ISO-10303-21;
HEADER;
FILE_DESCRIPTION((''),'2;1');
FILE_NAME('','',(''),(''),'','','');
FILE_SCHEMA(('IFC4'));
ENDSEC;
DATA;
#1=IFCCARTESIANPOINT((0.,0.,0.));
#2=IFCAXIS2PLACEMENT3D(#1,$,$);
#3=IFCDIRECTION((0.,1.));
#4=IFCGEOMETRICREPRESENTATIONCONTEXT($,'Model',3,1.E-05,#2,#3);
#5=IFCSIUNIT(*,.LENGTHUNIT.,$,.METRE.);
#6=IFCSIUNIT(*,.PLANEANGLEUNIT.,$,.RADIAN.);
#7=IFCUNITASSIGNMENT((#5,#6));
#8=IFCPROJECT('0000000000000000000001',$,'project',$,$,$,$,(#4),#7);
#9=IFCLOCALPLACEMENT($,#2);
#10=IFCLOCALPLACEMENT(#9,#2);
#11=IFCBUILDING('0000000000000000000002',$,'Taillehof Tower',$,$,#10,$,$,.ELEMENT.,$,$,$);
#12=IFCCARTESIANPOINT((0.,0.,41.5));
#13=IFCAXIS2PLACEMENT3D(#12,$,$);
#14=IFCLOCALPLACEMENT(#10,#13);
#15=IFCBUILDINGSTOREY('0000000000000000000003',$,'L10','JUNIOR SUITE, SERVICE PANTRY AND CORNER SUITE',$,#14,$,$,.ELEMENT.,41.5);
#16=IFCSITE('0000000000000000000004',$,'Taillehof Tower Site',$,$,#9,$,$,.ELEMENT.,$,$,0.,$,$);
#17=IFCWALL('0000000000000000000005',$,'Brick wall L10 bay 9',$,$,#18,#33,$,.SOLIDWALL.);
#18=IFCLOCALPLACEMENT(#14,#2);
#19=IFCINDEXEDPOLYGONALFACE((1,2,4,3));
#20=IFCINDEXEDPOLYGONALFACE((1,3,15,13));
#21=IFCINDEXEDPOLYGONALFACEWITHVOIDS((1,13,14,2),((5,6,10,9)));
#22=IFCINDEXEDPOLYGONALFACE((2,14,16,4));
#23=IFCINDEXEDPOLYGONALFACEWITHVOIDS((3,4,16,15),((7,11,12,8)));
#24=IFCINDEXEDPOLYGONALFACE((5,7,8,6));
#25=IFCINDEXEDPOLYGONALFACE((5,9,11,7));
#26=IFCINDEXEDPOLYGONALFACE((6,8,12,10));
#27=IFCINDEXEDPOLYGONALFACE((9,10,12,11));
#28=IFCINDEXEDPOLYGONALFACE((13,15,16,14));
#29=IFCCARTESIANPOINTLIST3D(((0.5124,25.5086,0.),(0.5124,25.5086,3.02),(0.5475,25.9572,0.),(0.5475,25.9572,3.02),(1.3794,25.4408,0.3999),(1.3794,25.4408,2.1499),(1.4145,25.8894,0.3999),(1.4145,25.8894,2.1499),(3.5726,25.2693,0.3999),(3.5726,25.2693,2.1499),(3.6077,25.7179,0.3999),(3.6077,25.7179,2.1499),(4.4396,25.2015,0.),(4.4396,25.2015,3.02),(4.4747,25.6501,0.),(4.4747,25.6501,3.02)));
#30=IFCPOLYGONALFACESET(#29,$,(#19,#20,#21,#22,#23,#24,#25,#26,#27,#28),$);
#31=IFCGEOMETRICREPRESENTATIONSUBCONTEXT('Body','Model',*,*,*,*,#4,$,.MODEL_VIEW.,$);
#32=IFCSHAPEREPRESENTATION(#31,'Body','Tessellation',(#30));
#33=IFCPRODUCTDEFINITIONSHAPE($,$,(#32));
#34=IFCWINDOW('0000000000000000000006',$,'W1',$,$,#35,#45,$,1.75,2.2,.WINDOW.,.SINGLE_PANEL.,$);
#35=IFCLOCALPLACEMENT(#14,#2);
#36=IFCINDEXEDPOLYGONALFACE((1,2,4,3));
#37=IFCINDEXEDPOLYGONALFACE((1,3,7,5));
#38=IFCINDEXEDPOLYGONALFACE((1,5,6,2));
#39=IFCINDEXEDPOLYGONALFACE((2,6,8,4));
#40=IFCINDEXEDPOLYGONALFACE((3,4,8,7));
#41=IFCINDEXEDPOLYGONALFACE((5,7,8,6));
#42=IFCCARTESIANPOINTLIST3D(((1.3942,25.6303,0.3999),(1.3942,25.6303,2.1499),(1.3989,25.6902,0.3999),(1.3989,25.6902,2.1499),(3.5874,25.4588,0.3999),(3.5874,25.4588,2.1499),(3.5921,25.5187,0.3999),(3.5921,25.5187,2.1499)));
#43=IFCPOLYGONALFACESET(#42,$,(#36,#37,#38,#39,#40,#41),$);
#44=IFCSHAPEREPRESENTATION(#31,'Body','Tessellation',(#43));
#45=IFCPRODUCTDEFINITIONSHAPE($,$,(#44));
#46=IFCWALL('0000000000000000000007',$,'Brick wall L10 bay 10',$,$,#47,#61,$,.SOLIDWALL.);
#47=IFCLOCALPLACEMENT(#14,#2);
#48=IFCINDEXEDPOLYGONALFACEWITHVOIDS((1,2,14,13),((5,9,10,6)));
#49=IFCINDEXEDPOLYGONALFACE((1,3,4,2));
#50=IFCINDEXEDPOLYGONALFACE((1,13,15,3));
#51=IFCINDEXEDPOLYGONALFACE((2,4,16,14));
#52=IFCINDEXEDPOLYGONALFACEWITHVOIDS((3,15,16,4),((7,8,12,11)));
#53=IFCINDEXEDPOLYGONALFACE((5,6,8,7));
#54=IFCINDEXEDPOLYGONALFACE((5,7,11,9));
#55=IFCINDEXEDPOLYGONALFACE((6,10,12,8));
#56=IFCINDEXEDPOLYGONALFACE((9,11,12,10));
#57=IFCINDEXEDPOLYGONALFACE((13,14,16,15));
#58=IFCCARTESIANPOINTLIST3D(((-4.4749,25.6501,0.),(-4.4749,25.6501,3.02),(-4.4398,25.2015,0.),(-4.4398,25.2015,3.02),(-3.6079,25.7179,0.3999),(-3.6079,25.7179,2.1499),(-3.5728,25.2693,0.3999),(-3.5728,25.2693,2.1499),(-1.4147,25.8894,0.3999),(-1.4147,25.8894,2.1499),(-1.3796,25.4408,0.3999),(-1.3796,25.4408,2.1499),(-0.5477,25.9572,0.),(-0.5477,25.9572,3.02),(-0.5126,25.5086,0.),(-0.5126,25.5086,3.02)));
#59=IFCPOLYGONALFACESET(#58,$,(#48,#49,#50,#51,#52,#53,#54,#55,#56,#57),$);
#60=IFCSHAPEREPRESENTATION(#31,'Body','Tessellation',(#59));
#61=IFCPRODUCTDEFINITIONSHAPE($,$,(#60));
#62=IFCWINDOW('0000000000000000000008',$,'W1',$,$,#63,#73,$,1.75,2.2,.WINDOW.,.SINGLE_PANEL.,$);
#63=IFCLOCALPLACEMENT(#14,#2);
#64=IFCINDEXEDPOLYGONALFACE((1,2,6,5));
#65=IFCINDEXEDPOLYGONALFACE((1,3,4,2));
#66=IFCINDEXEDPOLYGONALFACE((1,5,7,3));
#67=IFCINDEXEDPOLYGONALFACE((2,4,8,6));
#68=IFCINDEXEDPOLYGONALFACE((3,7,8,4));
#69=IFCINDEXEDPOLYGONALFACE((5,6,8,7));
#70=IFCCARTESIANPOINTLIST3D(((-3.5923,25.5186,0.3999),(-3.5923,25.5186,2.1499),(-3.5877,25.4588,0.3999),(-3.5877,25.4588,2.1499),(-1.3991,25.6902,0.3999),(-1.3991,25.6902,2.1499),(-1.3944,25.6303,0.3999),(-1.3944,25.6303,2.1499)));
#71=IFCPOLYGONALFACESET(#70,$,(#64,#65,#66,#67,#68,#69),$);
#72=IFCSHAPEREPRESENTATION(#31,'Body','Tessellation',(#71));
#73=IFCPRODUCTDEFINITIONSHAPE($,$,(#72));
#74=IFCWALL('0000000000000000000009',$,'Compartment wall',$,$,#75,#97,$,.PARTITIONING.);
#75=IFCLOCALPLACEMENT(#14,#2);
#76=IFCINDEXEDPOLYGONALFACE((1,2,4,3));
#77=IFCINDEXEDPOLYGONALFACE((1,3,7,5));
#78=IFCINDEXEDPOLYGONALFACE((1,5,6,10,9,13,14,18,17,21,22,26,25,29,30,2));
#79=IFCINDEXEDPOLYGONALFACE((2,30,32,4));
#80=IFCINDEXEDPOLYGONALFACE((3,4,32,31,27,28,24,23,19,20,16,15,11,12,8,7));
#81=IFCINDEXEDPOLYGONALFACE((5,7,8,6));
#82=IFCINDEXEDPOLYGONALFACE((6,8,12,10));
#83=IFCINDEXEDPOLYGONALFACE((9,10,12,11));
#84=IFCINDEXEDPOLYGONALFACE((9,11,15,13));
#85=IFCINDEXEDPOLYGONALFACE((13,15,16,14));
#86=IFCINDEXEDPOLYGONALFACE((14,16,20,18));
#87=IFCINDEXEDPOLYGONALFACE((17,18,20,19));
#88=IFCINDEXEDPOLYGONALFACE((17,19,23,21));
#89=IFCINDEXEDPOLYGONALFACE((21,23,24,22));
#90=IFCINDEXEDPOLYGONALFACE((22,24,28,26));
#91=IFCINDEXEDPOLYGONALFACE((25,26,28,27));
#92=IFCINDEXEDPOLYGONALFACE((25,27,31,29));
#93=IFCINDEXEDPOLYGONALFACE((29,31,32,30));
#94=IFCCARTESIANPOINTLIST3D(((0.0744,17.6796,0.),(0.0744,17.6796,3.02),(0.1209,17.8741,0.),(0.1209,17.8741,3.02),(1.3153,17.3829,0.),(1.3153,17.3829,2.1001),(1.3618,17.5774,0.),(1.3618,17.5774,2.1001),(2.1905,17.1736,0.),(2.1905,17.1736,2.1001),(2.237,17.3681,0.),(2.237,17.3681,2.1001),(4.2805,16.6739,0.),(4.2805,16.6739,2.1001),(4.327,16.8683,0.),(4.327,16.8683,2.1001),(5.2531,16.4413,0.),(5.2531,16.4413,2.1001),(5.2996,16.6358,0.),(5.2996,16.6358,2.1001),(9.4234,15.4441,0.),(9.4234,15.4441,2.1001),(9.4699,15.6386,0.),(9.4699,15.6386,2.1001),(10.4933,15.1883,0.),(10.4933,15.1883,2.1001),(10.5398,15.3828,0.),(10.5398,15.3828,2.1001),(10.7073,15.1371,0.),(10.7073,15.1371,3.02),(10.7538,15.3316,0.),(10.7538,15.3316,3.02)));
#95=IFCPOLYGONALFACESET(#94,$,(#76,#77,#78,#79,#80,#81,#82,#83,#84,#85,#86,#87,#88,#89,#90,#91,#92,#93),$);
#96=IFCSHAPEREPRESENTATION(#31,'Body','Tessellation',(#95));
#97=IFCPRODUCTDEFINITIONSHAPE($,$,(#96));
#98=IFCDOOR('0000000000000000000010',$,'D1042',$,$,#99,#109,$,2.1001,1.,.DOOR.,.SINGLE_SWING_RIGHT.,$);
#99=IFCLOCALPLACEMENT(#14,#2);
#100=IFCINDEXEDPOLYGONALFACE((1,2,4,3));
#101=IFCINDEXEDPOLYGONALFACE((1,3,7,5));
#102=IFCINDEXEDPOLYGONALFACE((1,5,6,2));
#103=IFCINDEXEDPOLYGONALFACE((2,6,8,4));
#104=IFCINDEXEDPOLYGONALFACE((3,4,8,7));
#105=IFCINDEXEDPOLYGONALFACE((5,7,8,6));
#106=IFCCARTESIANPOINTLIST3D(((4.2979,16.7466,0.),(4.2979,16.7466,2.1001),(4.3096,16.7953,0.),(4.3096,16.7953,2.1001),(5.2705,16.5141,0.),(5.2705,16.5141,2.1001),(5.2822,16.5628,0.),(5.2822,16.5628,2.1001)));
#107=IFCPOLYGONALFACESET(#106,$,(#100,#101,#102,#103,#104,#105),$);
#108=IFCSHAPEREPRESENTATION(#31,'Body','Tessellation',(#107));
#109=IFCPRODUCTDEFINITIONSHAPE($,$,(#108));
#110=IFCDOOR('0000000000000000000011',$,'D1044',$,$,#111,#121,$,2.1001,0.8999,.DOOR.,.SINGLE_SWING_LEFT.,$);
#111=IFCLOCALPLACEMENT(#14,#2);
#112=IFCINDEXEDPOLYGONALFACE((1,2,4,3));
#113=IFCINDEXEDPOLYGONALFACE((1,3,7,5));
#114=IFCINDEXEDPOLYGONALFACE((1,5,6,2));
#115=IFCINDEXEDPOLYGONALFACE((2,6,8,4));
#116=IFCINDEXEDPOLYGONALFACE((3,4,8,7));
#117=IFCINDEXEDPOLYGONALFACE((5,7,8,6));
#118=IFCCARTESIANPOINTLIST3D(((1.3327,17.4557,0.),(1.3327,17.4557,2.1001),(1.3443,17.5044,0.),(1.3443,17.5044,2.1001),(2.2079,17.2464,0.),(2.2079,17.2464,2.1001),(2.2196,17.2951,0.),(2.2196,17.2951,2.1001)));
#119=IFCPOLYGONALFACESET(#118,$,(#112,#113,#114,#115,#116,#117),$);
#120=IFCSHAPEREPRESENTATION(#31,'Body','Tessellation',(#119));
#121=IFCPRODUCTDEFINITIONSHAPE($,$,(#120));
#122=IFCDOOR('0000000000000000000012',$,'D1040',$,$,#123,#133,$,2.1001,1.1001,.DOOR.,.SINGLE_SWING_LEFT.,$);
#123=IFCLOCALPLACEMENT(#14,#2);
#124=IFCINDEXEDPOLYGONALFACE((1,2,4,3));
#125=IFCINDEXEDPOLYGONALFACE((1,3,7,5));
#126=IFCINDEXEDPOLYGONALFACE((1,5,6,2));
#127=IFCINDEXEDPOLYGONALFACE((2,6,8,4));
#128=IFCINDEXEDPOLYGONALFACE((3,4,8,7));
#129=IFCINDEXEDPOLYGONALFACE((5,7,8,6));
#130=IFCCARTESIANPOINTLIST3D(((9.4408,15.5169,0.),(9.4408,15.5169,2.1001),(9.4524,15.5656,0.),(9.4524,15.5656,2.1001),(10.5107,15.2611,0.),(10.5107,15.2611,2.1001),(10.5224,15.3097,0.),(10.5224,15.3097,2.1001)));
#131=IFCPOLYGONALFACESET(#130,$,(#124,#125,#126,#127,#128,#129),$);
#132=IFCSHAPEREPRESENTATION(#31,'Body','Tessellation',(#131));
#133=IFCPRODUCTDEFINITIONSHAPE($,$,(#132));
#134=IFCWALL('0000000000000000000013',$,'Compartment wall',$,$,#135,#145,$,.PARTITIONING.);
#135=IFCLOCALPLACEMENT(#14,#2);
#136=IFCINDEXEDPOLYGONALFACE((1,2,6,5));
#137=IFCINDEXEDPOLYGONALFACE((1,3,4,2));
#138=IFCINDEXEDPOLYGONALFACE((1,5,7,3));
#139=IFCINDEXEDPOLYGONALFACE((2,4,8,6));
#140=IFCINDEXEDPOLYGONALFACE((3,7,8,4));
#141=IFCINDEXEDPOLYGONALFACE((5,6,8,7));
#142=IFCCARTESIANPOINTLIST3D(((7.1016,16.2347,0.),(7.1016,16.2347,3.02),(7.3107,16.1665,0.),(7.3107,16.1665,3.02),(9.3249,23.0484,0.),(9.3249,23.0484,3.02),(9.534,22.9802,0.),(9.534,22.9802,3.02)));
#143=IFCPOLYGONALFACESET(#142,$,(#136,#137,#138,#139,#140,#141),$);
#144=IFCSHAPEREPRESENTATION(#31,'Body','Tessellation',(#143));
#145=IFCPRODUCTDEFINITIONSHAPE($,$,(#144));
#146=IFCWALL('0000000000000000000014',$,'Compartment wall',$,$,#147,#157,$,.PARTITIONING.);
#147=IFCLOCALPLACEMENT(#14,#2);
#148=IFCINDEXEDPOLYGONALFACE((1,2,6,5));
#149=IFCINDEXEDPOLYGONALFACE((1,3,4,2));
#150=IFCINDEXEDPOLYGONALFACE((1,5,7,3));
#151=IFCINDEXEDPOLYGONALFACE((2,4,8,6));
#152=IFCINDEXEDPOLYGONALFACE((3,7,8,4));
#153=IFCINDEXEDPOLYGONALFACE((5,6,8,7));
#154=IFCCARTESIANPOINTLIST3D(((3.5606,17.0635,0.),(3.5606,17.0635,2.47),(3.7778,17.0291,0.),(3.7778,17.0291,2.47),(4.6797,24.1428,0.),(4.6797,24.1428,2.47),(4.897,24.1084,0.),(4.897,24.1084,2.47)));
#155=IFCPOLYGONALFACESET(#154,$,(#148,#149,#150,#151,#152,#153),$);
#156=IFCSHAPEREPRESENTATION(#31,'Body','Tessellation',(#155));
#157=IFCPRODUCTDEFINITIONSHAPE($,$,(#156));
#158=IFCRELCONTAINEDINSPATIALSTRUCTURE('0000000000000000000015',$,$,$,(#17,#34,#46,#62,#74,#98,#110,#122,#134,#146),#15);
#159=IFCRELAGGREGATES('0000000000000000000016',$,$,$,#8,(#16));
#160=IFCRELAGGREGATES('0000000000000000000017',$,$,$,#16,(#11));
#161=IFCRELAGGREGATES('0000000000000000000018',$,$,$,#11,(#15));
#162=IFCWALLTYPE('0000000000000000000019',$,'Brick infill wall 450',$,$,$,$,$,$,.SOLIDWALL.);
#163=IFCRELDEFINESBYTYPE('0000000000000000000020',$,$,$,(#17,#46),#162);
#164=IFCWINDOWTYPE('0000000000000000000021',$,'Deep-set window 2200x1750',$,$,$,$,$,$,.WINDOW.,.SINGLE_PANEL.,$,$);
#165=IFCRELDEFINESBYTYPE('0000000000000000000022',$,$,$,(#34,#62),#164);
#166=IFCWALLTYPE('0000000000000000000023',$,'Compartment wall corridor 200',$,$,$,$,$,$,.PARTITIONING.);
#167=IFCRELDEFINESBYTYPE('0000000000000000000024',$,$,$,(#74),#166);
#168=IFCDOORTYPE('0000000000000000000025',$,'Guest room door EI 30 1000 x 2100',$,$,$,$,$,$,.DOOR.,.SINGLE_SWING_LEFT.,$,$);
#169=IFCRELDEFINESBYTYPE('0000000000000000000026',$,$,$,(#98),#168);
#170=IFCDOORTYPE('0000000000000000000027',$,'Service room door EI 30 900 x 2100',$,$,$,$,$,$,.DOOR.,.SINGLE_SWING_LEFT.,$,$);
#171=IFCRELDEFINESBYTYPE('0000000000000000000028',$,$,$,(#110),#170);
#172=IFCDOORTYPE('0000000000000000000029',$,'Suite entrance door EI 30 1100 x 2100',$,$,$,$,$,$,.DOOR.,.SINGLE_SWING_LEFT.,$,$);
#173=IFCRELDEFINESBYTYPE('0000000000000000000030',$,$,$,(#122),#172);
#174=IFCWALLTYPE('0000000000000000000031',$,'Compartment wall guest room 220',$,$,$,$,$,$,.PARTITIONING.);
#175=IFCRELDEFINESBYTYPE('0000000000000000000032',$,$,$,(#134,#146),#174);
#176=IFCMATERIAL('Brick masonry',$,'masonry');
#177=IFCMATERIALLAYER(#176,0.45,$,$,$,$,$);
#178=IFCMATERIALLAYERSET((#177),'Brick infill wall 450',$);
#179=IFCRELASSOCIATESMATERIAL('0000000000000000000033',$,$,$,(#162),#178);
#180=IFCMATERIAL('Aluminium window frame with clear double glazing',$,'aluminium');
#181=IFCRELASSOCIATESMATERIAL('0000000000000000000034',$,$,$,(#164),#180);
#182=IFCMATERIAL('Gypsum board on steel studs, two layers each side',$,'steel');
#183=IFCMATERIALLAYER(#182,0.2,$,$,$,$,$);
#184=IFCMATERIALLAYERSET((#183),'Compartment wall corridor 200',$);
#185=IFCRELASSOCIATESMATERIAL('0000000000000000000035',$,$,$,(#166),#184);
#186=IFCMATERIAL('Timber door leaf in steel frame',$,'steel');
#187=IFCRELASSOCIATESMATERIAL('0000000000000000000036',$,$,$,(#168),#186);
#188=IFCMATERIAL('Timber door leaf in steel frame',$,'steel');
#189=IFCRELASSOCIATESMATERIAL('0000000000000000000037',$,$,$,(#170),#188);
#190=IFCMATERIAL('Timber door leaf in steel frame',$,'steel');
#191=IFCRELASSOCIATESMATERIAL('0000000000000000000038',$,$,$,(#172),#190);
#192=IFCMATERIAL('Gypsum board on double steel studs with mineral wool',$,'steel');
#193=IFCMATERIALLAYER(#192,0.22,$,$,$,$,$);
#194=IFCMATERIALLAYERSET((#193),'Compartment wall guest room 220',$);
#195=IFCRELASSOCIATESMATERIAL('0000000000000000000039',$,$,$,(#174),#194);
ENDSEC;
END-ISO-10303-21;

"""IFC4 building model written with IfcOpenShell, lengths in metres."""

from ifc_helpers import new_model, si_unit, direction, frame, frame_2d, origin, place, context, subcontext, project, spatial, rectangle, extrude, material, layer, layer_set, type_object, element, fill, save


model = new_model("IFC4")

# Units and contexts
model_context = context("Model", 3, precision=1e-05, world=origin(), true_north=direction((0.0, 1.0)))
body_context = subcontext(model_context, "Body", "Model", "MODEL_VIEW")
ifc_project = project(units=[si_unit("LENGTHUNIT", "METRE"), si_unit("PLANEANGLEUNIT", "RADIAN")], contexts=[model_context])

# Site, building, storey
site_placement = place(None, origin())
site = spatial("IfcSite", under=ifc_project, at=site_placement, Name="Taillehof Tower Site", CompositionType="ELEMENT", RefElevation=0.0)
building_placement = place(site_placement, origin())
building = spatial("IfcBuilding", under=site, at=building_placement, Name="Taillehof Tower", CompositionType="ELEMENT")
storey_placement = place(building_placement, frame((0.0, 0.0, 41.5)))
storey = spatial("IfcBuildingStorey", under=building, at=storey_placement, Name="L10", Description="JUNIOR SUITE, SERVICE PANTRY AND CORNER SUITE", CompositionType="ELEMENT", Elevation=41.5)

# Walls, openings, windows
ifc_material_1 = material(Name="Brick masonry", Category="masonry")
ifc_layer_1 = layer(ifc_material_1, 0.45)
ifc_layer_set_1 = layer_set([ifc_layer_1], Name="Brick infill wall 450")
wall_type_1 = type_object("IfcWallType", Name="Brick infill wall 450", PredefinedType="SOLIDWALL", material=ifc_layer_set_1)
ifc_material_2 = material(Name="Aluminium window frame with clear double glazing", Category="aluminium")
window_type = type_object("IfcWindowType", Name="Deep-set window 2200x1750", PartitioningType="SINGLE_PANEL", PredefinedType="WINDOW", material=ifc_material_2)
wall_1_placement = place(storey_placement, frame((4.4573, 25.4258, 0.0), z_axis=(0.0, 0.0, 1.0), x_axis=(-0.996956, 0.077967, 0.0)))
wall_1 = element("IfcWall", 1, at=wall_1_placement, inside=storey, type_object=wall_type_1, Name="Brick wall L10 bay 9", PredefinedType="SOLIDWALL", context=body_context, shape_type="SweptSolid", body=[
    extrude(rectangle(XDim=3.9392, YDim=0.45, at=frame_2d((1.9697, 0.0))), origin(), (0.0, 0.0, 1.0), 3.02),
])
opening_1_placement = place(wall_1_placement, frame((0.8696, 0.0, 0.3999)))
opening_1 = element("IfcOpeningElement", 2, at=opening_1_placement, cuts=wall_1, PredefinedType="OPENING", context=body_context, shape_type="SweptSolid", body=[
    extrude(rectangle(XDim=2.2, YDim=1.75, at=frame_2d((1.1001, 0.875))), frame((0.0, 0.2349, 0.0), z_axis=(0.0, -1.0, 0.0), x_axis=(1.0, 0.0, 0.0)), (0.0, 0.0, 1.0), 0.47),
])
window_1_placement = place(opening_1_placement, origin())
window_1 = element("IfcWindow", 3, at=window_1_placement, inside=storey, type_object=window_type, Name="W1", OverallHeight=1.75, OverallWidth=2.2, PartitioningType="SINGLE_PANEL", PredefinedType="WINDOW", context=body_context, shape_type="SweptSolid", body=[
    extrude(rectangle(XDim=2.2, YDim=1.75, at=frame_2d((1.1001, 0.875))), frame((0.0, 0.0349, 0.0), z_axis=(0.0, -1.0, 0.0), x_axis=(1.0, 0.0, 0.0)), (0.0, 0.0, 1.0), 0.0601),
])
fill(opening_1, window_1)
wall_2_placement = place(storey_placement, frame((-0.53, 25.7329, 0.0), z_axis=(0.0, 0.0, 1.0), x_axis=(-0.996956, -0.077967, 0.0)))
wall_2 = element("IfcWall", 4, at=wall_2_placement, inside=storey, type_object=wall_type_1, Name="Brick wall L10 bay 10", PredefinedType="SOLIDWALL", context=body_context, shape_type="SweptSolid", body=[
    extrude(rectangle(XDim=3.9392, YDim=0.45, at=frame_2d((1.9697, 0.0))), origin(), (0.0, 0.0, 1.0), 3.02),
])
opening_2_placement = place(wall_2_placement, frame((0.8696, 0.0, 0.3999)))
opening_2 = element("IfcOpeningElement", 5, at=opening_2_placement, cuts=wall_2, PredefinedType="OPENING", context=body_context, shape_type="SweptSolid", body=[
    extrude(rectangle(XDim=2.2, YDim=1.75, at=frame_2d((1.1001, 0.875))), frame((0.0, 0.2349, 0.0), z_axis=(0.0, -1.0, 0.0), x_axis=(1.0, 0.0, 0.0)), (0.0, 0.0, 1.0), 0.47),
])
window_2_placement = place(opening_2_placement, origin())
window_2 = element("IfcWindow", 6, at=window_2_placement, inside=storey, type_object=window_type, Name="W1", OverallHeight=1.75, OverallWidth=2.2, PartitioningType="SINGLE_PANEL", PredefinedType="WINDOW", context=body_context, shape_type="SweptSolid", body=[
    extrude(rectangle(XDim=2.2, YDim=1.75, at=frame_2d((1.1001, 0.875))), frame((0.0, 0.0349, 0.0), z_axis=(0.0, -1.0, 0.0), x_axis=(1.0, 0.0, 0.0)), (0.0, 0.0, 1.0), 0.0601),
])
fill(opening_2, window_2)

# Wall, openings, doors
ifc_material_3 = material(Name="Gypsum board on steel studs, two layers each side", Category="steel")
ifc_layer_2 = layer(ifc_material_3, 0.2)
ifc_layer_set_2 = layer_set([ifc_layer_2], Name="Compartment wall corridor 200")
wall_type_2 = type_object("IfcWallType", Name="Compartment wall corridor 200", PredefinedType="PARTITIONING", material=ifc_layer_set_2)
wall_3_placement = place(storey_placement, frame((0.0977, 17.7769, 0.0), z_axis=(0.0, 0.0, 1.0), x_axis=(0.972582, -0.23256, 0.0)))
wall_3 = element("IfcWall", 7, at=wall_3_placement, inside=storey, type_object=wall_type_2, Name="Compartment wall", PredefinedType="PARTITIONING", context=body_context, shape_type="SweptSolid", body=[
    extrude(rectangle(XDim=10.9326, YDim=0.2, at=frame_2d((5.4663, 0.0))), origin(), (0.0, 0.0, 1.0), 3.02),
])
opening_3_placement = place(wall_3_placement, frame((9.6125, 0.0, 0.0)))
opening_3 = element("IfcOpeningElement", 8, at=opening_3_placement, cuts=wall_3, PredefinedType="OPENING", context=body_context, shape_type="SweptSolid", body=[
    extrude(rectangle(XDim=1.1001, YDim=2.1001, at=frame_2d((0.55, 1.05))), frame((0.0, 0.1099, 0.0), z_axis=(0.0, -1.0, 0.0), x_axis=(1.0, 0.0, 0.0)), (0.0, 0.0, 1.0), 0.22),
])
opening_4_placement = place(wall_3_placement, frame((4.3247, 0.0, 0.0)))
opening_4 = element("IfcOpeningElement", 9, at=opening_4_placement, cuts=wall_3, PredefinedType="OPENING", context=body_context, shape_type="SweptSolid", body=[
    extrude(rectangle(XDim=1.0, YDim=2.1001, at=frame_2d((0.5, 1.05))), frame((0.0, 0.1099, 0.0), z_axis=(0.0, -1.0, 0.0), x_axis=(1.0, 0.0, 0.0)), (0.0, 0.0, 1.0), 0.22),
])
opening_5_placement = place(wall_3_placement, frame((1.2759, 0.0, 0.0)))
opening_5 = element("IfcOpeningElement", 10, at=opening_5_placement, cuts=wall_3, PredefinedType="OPENING", context=body_context, shape_type="SweptSolid", body=[
    extrude(rectangle(XDim=0.8999, YDim=2.1001, at=frame_2d((0.45, 1.05))), frame((0.0, 0.1099, 0.0), z_axis=(0.0, -1.0, 0.0), x_axis=(1.0, 0.0, 0.0)), (0.0, 0.0, 1.0), 0.22),
])
ifc_material_4 = material(Name="Timber door leaf in steel frame", Category="steel")
door_type_1 = type_object("IfcDoorType", Name="Guest room door EI 30 1000 x 2100", OperationType="SINGLE_SWING_LEFT", PredefinedType="DOOR", material=ifc_material_4)
door_1_placement = place(opening_4_placement, origin())
door_1 = element("IfcDoor", 11, at=door_1_placement, inside=storey, type_object=door_type_1, Name="D1042", OperationType="SINGLE_SWING_RIGHT", OverallHeight=2.1001, OverallWidth=1.0, PredefinedType="DOOR", context=body_context, shape_type="SweptSolid", body=[
    extrude(rectangle(XDim=1.0, YDim=2.1001, at=frame_2d((0.5, 1.05))), frame((0.0, 0.0249, 0.0), z_axis=(0.0, -1.0, 0.0), x_axis=(1.0, 0.0, 0.0)), (0.0, 0.0, 1.0), 0.05),
])
fill(opening_4, door_1)
ifc_material_5 = material(Name="Timber door leaf in steel frame", Category="steel")
door_type_2 = type_object("IfcDoorType", Name="Service room door EI 30 900 x 2100", OperationType="SINGLE_SWING_LEFT", PredefinedType="DOOR", material=ifc_material_5)
door_2_placement = place(opening_5_placement, origin())
door_2 = element("IfcDoor", 12, at=door_2_placement, inside=storey, type_object=door_type_2, Name="D1044", OperationType="SINGLE_SWING_LEFT", OverallHeight=2.1001, OverallWidth=0.8999, PredefinedType="DOOR", context=body_context, shape_type="SweptSolid", body=[
    extrude(rectangle(XDim=0.8999, YDim=2.1001, at=frame_2d((0.45, 1.05))), frame((0.0, 0.0249, 0.0), z_axis=(0.0, -1.0, 0.0), x_axis=(1.0, 0.0, 0.0)), (0.0, 0.0, 1.0), 0.05),
])
fill(opening_5, door_2)
ifc_material_6 = material(Name="Timber door leaf in steel frame", Category="steel")
door_type_3 = type_object("IfcDoorType", Name="Suite entrance door EI 30 1100 x 2100", OperationType="SINGLE_SWING_LEFT", PredefinedType="DOOR", material=ifc_material_6)
door_3_placement = place(opening_3_placement, origin())
door_3 = element("IfcDoor", 13, at=door_3_placement, inside=storey, type_object=door_type_3, Name="D1040", OperationType="SINGLE_SWING_LEFT", OverallHeight=2.1001, OverallWidth=1.1001, PredefinedType="DOOR", context=body_context, shape_type="SweptSolid", body=[
    extrude(rectangle(XDim=1.1001, YDim=2.1001, at=frame_2d((0.55, 1.05))), frame((0.0, 0.0249, 0.0), z_axis=(0.0, -1.0, 0.0), x_axis=(1.0, 0.0, 0.0)), (0.0, 0.0, 1.0), 0.05),
])
fill(opening_3, door_3)

# Walls
ifc_material_7 = material(Name="Gypsum board on double steel studs with mineral wool", Category="steel")
ifc_layer_3 = layer(ifc_material_7, 0.22)
ifc_layer_set_3 = layer_set([ifc_layer_3], Name="Compartment wall guest room 220")
wall_type_3 = type_object("IfcWallType", Name="Compartment wall guest room 220", PredefinedType="PARTITIONING", material=ifc_layer_set_3)
wall_4_placement = place(storey_placement, frame((9.4294, 23.0142, 0.0), z_axis=(0.0, 0.0, 1.0), x_axis=(-0.310213, -0.950667, 0.0)))
element("IfcWall", 14, at=wall_4_placement, inside=storey, type_object=wall_type_3, Name="Compartment wall", PredefinedType="PARTITIONING", context=body_context, shape_type="SweptSolid", body=[
    extrude(rectangle(XDim=7.1672, YDim=0.22, at=frame_2d((3.5835, 0.0))), origin(), (0.0, 0.0, 1.0), 3.02),
])
wall_5_placement = place(storey_placement, frame((4.7883, 24.1255, 0.0), z_axis=(0.0, 0.0, 1.0), x_axis=(-0.156146, -0.987734, 0.0)))
element("IfcWall", 15, at=wall_5_placement, inside=storey, type_object=wall_type_3, Name="Compartment wall", PredefinedType="PARTITIONING", context=body_context, shape_type="SweptSolid", body=[
    extrude(rectangle(XDim=7.1672, YDim=0.22, at=frame_2d((3.5835, 0.0))), origin(), (0.0, 0.0, 1.0), 2.47),
])

save(model, "model.ifc")
